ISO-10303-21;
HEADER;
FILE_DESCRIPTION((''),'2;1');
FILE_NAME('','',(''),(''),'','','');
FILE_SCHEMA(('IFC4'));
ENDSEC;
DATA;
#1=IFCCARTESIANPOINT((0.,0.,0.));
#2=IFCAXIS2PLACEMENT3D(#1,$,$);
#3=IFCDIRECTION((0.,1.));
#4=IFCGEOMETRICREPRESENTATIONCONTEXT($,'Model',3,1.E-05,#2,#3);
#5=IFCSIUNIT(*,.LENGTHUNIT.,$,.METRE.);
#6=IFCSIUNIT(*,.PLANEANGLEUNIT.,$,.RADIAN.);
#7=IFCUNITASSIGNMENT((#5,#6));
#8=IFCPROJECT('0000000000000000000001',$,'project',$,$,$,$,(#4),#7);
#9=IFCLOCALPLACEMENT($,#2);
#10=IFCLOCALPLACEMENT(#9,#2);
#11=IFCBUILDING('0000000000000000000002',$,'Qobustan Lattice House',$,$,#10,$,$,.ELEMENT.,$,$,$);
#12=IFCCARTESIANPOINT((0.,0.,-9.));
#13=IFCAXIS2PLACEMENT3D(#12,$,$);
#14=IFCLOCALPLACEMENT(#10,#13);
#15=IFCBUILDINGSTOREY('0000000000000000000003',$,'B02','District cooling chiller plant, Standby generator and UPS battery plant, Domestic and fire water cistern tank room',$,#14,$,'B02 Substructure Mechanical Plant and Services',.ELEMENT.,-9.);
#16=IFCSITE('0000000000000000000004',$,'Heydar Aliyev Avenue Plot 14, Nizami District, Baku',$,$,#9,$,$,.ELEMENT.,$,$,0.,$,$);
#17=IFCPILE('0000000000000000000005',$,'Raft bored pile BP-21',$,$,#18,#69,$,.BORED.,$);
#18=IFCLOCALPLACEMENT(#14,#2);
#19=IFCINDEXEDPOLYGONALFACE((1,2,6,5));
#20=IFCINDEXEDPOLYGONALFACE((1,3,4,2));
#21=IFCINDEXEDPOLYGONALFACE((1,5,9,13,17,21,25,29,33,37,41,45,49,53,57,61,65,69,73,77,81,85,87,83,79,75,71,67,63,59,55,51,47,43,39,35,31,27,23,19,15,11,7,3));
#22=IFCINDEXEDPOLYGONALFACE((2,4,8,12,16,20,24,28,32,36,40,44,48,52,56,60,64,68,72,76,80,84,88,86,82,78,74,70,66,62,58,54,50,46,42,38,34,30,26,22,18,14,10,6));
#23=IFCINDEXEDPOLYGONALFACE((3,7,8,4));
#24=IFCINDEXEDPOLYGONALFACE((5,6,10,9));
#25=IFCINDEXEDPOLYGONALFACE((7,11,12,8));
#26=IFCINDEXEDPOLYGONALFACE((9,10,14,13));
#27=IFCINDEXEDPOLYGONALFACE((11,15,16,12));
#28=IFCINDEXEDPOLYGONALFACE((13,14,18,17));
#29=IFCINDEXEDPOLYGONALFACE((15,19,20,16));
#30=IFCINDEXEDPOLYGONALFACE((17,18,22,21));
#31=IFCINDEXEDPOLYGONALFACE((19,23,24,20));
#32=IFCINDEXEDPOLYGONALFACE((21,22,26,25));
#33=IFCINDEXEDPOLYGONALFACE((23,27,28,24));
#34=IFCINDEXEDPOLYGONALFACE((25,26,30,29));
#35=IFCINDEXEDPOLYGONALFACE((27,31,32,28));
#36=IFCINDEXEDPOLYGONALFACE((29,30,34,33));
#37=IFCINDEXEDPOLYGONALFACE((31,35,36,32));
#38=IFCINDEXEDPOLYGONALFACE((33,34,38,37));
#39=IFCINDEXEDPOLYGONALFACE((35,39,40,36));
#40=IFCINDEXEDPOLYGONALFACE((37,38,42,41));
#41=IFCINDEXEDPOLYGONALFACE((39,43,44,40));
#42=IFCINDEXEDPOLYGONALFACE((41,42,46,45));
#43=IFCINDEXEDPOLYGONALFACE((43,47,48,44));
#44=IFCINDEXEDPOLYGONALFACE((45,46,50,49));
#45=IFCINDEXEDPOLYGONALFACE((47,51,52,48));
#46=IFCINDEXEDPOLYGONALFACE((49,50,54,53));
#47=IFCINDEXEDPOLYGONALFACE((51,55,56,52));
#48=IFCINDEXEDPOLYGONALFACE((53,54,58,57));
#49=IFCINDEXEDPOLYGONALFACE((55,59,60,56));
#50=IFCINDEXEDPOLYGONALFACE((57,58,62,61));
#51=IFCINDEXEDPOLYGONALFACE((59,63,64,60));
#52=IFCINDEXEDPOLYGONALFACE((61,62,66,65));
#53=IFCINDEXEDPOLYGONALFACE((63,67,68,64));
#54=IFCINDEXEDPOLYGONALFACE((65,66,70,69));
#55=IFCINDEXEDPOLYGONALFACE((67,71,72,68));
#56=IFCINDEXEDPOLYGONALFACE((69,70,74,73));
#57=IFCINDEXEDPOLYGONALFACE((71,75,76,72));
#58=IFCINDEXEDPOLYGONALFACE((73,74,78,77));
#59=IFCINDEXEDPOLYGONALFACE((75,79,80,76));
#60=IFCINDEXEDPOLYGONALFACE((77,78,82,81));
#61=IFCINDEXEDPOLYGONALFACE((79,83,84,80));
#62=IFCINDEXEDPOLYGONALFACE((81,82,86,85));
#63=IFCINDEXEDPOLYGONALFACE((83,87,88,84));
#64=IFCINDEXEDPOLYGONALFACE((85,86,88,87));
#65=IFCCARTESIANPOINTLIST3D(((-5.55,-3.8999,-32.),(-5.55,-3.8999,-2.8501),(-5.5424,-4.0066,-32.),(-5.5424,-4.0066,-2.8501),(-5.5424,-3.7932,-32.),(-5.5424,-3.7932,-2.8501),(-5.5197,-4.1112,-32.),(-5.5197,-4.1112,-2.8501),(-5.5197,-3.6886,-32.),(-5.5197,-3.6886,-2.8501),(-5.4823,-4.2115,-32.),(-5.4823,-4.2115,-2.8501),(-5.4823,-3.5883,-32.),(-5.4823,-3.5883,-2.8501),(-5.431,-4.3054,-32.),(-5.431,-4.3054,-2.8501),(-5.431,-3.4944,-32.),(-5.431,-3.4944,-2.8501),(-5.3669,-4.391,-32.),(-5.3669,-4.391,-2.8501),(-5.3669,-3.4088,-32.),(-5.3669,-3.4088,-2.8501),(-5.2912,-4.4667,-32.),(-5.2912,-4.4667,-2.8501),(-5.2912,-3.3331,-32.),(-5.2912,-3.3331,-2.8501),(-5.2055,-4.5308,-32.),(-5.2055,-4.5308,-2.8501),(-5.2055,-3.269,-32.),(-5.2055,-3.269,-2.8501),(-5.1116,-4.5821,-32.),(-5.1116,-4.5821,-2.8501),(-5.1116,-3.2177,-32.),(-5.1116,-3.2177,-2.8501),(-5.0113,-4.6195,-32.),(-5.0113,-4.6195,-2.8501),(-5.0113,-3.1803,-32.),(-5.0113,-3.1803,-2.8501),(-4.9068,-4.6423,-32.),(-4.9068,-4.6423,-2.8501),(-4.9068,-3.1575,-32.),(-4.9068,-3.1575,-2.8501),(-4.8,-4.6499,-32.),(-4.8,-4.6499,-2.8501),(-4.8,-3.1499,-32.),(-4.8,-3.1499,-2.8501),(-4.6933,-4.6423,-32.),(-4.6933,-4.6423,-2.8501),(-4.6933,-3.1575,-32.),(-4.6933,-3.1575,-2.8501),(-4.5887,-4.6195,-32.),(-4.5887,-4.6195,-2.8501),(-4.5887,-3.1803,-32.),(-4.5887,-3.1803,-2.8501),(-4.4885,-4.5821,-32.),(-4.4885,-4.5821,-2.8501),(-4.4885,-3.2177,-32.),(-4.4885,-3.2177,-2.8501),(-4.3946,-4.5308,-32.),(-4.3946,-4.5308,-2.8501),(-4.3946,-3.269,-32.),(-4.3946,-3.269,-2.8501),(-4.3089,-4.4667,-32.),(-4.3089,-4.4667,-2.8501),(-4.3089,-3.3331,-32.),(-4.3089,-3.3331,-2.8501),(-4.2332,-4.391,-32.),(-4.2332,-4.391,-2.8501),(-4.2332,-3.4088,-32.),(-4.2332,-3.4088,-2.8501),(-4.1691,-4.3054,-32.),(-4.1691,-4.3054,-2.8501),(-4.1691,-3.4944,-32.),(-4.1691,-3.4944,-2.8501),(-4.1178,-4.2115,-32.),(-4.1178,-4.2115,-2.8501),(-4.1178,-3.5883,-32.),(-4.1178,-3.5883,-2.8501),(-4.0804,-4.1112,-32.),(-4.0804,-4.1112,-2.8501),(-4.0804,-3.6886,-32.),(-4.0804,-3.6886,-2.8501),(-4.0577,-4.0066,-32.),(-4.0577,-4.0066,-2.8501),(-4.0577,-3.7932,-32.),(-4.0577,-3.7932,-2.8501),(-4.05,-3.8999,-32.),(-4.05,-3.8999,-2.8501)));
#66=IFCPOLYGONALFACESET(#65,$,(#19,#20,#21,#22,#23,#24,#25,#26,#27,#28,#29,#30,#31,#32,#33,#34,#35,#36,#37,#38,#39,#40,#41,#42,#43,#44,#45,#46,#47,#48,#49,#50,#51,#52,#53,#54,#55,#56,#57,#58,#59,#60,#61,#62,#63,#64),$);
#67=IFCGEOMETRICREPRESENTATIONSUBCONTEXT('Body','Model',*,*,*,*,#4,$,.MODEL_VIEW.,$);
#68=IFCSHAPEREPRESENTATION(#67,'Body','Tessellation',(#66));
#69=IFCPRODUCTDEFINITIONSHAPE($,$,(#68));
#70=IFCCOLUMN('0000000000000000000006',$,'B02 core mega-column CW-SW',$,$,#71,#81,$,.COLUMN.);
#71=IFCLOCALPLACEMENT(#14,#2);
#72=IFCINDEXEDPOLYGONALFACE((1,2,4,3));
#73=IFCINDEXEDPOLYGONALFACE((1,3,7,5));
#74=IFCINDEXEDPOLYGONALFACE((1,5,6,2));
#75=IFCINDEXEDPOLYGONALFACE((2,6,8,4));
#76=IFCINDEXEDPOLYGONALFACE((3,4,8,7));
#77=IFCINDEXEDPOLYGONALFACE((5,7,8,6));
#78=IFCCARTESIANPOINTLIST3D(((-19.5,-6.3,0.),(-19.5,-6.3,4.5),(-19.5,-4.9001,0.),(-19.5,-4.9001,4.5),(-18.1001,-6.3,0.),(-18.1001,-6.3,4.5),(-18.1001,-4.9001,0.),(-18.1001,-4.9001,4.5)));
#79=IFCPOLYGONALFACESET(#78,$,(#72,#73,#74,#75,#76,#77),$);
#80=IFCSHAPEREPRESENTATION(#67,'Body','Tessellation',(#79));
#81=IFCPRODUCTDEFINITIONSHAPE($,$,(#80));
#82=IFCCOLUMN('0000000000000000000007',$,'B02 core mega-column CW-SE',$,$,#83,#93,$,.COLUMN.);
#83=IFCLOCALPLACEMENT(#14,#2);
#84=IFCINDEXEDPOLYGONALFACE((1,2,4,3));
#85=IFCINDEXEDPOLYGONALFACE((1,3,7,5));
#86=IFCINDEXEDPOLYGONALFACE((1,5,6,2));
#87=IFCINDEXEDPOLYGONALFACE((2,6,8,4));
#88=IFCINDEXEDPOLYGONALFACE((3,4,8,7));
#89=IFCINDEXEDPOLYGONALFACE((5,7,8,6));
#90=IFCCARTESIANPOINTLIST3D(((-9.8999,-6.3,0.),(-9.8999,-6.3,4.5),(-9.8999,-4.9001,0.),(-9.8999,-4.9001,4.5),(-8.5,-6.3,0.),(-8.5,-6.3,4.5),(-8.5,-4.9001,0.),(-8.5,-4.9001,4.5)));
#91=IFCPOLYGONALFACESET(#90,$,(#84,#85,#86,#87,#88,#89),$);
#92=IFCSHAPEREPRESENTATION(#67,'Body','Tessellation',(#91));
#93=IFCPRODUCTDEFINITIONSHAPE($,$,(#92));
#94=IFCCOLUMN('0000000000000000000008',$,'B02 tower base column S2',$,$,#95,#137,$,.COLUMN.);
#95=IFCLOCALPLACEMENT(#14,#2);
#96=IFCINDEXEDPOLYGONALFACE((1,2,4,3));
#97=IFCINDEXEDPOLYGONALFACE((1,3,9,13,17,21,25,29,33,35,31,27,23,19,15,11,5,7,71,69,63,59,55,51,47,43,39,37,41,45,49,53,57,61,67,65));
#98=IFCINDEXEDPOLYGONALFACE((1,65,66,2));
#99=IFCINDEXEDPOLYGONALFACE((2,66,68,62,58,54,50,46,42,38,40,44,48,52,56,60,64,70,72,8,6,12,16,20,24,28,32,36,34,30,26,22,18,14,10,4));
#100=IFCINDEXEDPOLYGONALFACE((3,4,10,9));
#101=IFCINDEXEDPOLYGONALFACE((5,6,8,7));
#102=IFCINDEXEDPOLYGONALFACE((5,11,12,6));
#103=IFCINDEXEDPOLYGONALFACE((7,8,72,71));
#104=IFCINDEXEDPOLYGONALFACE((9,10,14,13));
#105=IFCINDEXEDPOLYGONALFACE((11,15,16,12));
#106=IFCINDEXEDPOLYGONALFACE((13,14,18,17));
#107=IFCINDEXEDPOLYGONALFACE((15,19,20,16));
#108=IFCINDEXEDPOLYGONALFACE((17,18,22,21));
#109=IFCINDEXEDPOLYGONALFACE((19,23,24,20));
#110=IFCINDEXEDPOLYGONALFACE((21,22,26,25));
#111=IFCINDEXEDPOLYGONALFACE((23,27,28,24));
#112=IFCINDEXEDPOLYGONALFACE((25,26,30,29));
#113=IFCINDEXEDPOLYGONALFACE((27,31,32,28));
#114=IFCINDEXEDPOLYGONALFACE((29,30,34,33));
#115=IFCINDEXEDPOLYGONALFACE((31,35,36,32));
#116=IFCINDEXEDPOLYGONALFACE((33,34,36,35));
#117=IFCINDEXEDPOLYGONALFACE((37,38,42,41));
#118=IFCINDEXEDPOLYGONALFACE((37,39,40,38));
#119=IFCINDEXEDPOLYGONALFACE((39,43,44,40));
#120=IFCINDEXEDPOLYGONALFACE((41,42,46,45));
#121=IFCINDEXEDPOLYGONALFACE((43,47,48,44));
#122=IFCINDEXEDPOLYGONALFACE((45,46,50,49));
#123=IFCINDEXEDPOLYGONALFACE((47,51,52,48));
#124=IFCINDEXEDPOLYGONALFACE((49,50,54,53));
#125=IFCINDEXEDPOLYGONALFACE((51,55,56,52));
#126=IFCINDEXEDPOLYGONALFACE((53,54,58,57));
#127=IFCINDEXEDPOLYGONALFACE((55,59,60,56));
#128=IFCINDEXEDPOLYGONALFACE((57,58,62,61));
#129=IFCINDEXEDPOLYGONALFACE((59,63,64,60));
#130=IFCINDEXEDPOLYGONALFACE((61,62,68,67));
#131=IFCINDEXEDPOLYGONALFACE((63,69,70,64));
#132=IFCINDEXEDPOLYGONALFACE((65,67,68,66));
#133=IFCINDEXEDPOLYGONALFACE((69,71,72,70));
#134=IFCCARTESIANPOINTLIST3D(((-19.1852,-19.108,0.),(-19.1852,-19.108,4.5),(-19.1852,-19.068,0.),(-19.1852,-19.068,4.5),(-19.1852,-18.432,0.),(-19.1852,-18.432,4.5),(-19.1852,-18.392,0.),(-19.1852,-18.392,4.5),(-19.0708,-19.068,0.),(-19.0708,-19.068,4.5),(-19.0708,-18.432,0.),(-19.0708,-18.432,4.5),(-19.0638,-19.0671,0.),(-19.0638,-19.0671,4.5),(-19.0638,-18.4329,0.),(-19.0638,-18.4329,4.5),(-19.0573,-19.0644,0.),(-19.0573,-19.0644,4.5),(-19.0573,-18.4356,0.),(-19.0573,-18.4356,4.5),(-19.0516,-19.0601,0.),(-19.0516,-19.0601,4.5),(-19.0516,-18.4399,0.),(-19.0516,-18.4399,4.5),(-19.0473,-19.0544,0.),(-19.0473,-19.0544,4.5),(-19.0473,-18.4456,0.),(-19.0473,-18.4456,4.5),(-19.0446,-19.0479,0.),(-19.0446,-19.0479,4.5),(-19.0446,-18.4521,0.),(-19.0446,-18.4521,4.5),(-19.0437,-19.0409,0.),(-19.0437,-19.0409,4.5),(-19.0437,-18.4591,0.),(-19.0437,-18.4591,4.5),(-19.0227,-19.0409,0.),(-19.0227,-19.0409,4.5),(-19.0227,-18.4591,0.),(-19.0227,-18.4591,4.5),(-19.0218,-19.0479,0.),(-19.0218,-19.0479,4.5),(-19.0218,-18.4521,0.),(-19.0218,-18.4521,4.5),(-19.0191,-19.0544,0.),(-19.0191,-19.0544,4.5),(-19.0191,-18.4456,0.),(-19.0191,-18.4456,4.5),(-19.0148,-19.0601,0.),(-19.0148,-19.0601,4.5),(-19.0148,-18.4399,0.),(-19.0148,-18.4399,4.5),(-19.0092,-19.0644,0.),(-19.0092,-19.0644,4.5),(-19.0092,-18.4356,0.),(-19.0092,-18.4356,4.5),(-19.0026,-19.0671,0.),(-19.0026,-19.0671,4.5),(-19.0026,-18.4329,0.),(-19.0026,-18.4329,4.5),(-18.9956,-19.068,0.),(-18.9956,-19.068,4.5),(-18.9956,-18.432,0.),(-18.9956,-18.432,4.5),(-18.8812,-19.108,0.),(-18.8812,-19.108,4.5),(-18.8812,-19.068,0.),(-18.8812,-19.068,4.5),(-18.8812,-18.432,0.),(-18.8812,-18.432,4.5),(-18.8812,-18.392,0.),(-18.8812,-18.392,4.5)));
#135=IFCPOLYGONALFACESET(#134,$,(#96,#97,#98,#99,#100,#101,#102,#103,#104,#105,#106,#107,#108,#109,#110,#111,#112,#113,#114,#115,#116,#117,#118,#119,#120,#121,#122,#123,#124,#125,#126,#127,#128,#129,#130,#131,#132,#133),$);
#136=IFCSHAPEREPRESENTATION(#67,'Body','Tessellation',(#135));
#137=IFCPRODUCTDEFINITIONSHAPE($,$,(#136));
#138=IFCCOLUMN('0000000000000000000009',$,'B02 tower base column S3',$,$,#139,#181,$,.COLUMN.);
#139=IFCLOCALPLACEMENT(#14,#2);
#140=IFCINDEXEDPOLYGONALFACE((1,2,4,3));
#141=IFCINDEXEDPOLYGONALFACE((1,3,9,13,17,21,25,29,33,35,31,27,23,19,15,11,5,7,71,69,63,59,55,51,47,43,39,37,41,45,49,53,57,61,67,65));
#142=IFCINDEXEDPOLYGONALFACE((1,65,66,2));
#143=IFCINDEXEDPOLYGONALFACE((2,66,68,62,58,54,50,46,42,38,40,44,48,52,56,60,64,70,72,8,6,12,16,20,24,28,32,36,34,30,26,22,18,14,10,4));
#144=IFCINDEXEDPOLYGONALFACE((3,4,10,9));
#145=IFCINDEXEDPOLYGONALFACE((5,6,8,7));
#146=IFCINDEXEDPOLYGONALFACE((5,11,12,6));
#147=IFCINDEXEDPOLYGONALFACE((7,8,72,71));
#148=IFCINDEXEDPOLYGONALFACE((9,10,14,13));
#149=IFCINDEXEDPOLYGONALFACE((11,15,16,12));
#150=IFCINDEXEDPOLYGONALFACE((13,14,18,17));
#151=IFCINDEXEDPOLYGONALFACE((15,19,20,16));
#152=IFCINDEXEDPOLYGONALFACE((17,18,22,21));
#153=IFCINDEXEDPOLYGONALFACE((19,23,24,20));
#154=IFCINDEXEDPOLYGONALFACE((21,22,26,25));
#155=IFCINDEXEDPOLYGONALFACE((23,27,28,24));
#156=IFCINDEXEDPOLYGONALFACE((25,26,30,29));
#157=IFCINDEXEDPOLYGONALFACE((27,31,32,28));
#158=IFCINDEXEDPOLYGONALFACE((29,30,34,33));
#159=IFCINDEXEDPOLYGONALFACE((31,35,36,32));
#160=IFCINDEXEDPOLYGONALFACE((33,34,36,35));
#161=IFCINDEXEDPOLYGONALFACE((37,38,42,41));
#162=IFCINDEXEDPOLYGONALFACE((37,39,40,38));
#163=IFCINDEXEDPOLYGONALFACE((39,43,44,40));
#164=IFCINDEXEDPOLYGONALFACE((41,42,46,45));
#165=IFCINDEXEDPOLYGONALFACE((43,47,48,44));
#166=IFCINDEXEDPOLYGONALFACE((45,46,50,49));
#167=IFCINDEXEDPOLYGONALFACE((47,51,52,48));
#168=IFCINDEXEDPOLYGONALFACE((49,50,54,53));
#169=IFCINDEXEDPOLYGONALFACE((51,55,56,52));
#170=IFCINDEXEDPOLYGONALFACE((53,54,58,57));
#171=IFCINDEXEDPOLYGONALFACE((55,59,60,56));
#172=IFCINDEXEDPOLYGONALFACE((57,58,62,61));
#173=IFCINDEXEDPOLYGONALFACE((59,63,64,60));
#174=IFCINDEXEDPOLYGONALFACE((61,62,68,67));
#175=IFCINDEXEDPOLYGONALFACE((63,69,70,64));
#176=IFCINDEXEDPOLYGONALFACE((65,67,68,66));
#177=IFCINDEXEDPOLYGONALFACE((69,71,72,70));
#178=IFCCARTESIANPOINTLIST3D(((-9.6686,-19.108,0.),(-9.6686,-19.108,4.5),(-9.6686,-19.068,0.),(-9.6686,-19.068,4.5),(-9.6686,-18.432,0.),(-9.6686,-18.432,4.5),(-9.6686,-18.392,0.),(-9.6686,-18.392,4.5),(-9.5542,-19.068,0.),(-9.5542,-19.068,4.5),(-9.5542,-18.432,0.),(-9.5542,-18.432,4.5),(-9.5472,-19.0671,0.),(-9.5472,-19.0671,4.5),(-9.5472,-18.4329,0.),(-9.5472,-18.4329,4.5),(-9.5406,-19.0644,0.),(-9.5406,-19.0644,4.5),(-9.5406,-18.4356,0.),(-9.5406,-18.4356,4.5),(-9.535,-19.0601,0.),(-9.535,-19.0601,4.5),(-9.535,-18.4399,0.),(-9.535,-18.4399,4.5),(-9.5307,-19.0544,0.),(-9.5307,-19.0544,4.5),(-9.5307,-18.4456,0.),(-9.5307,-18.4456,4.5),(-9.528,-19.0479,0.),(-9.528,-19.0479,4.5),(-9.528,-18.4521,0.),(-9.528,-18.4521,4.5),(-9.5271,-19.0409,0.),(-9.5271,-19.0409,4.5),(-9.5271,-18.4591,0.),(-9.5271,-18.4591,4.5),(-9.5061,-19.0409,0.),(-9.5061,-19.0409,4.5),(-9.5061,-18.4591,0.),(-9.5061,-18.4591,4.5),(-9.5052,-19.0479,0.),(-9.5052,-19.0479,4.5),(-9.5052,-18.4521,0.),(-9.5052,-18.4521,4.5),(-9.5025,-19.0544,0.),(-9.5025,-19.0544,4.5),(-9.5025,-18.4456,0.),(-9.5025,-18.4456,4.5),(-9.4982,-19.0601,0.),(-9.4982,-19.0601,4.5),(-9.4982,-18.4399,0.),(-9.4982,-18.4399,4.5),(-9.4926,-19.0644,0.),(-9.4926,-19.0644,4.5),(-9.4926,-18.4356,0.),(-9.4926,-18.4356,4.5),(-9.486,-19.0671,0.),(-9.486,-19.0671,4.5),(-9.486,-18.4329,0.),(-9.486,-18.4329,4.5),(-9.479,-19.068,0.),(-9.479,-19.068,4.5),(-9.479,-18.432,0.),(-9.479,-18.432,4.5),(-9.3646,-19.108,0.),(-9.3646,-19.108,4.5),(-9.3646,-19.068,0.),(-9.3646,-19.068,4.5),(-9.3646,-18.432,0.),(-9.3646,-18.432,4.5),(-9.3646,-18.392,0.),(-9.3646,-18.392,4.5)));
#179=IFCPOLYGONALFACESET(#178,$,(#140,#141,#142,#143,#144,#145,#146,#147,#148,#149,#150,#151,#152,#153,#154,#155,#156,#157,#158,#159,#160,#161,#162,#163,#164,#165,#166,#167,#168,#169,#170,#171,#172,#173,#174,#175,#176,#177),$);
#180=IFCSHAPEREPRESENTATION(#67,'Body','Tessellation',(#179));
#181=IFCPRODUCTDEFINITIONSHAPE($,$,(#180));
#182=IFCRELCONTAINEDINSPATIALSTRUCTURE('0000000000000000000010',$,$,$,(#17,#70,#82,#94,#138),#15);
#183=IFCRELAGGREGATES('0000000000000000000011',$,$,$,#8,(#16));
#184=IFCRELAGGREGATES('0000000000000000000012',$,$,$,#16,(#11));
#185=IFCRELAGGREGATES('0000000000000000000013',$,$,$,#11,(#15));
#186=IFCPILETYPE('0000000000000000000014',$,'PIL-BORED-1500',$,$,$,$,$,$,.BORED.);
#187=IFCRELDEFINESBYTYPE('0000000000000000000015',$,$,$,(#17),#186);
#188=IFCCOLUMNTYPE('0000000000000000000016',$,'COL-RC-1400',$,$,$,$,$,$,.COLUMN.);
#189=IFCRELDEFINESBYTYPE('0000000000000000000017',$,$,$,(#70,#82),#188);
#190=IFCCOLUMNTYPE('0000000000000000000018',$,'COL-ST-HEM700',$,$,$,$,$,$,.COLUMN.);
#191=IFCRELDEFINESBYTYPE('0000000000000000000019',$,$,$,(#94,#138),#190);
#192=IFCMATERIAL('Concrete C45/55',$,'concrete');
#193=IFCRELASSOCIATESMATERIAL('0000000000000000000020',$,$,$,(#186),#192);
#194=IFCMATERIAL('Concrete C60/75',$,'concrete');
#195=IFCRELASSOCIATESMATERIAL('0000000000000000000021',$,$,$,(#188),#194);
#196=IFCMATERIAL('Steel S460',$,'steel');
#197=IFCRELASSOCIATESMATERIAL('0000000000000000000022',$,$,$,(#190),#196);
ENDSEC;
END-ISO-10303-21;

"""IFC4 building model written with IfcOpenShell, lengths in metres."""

from ifc_helpers import new_model, si_unit, direction, frame, origin, origin_2d, place, context, subcontext, project, spatial, rectangle, circle, i_section, extrude, material, material_profile, profile_set, type_object, element, save


model = new_model("IFC4")

# Units and contexts
model_context = context("Model", 3, precision=1e-05, world=origin(), true_north=direction((0.0, 1.0)))
body_context = subcontext(model_context, "Body", "Model", "MODEL_VIEW")
ifc_project = project(units=[si_unit("LENGTHUNIT", "METRE"), si_unit("PLANEANGLEUNIT", "RADIAN")], contexts=[model_context])

# Site, building, storey
site_placement = place(None, origin())
site = spatial("IfcSite", under=ifc_project, at=site_placement, Name="Heydar Aliyev Avenue Plot 14, Nizami District, Baku", CompositionType="ELEMENT", RefElevation=0.0)
building_placement = place(site_placement, origin())
building = spatial("IfcBuilding", under=site, at=building_placement, Name="Qobustan Lattice House", CompositionType="ELEMENT")
storey_placement = place(building_placement, frame((0.0, 0.0, -9.0)))
storey = spatial("IfcBuildingStorey", under=building, at=storey_placement, Name="B02", Description="District cooling chiller plant, Standby generator and UPS battery plant, Domestic and fire water cistern tank room", LongName="B02 Substructure Mechanical Plant and Services", CompositionType="ELEMENT", Elevation=-9.0)

# Pile
ifc_material_1 = material(Name="Concrete C45/55", Category="concrete")
ifc_material_profile_1 = material_profile(ifc_material_1, circle(Radius=0.75, at=origin_2d()), Name="PILE-D1500")
ifc_profile_set_1 = profile_set([ifc_material_profile_1], Name="Concrete C45/55")
pile_type = type_object("IfcPileType", Name="PIL-BORED-1500", PredefinedType="BORED", material=ifc_profile_set_1)
for number, where, z_axis, x_axis, name in (
    (1, (-4.8, -3.8999, -2.8501), (0.0, 0.0, -1.0), (1.0, 0.0, 0.0), "Raft bored pile BP-21"),
):
    element("IfcPile", number, at=place(storey_placement, frame(where, z_axis=z_axis, x_axis=x_axis)), inside=storey, type_object=pile_type, Name=name, PredefinedType="BORED", context=body_context, shape_type="SweptSolid", body=[
        extrude(circle(Radius=0.75, at=origin_2d()), origin(), (0.0, 0.0, 1.0), 29.1499),
    ])

# Columns
ifc_material_2 = material(Name="Concrete C60/75", Category="concrete")
ifc_material_profile_2 = material_profile(ifc_material_2, rectangle(XDim=1.3999, YDim=1.3999, at=origin_2d()), Name="RC1400x1400")
ifc_profile_set_2 = profile_set([ifc_material_profile_2], Name="Concrete C60/75")
column_type_1 = type_object("IfcColumnType", Name="COL-RC-1400", PredefinedType="COLUMN", material=ifc_profile_set_2)
for number, where, z_axis, x_axis, name in (
    (2, (-18.8, -5.6001, 0.0), (0.0, 0.0, 1.0), (1.0, 0.0, 0.0), "B02 core mega-column CW-SW"),
    (3, (-9.2, -5.6001, 0.0), (0.0, 0.0, 1.0), (1.0, 0.0, 0.0), "B02 core mega-column CW-SE"),
):
    element("IfcColumn", number, at=place(storey_placement, frame(where, z_axis=z_axis, x_axis=x_axis)), inside=storey, type_object=column_type_1, Name=name, PredefinedType="COLUMN", context=body_context, shape_type="SweptSolid", body=[
        extrude(rectangle(XDim=1.3999, YDim=1.3999, at=origin_2d()), origin(), (0.0, 0.0, 1.0), 4.5),
    ])
ifc_material_3 = material(Name="Steel S460", Category="steel")
ifc_material_profile_3 = material_profile(ifc_material_3, i_section(OverallWidth=0.304, OverallDepth=0.7161, WebThickness=0.021, FlangeThickness=0.04, FilletRadius=0.0271, at=origin_2d()), Name="HEM700")
ifc_profile_set_3 = profile_set([ifc_material_profile_3], Name="Steel S460")
column_type_2 = type_object("IfcColumnType", Name="COL-ST-HEM700", PredefinedType="COLUMN", material=ifc_profile_set_3)
for number, where, z_axis, x_axis, name in (
    (4, (-19.0332, -18.75, 0.0), (0.0, 0.0, 1.0), (1.0, 0.0, 0.0), "B02 tower base column S2"),
    (5, (-9.5166, -18.75, 0.0), (0.0, 0.0, 1.0), (1.0, 0.0, 0.0), "B02 tower base column S3"),
):
    element("IfcColumn", number, at=place(storey_placement, frame(where, z_axis=z_axis, x_axis=x_axis)), inside=storey, type_object=column_type_2, Name=name, PredefinedType="COLUMN", context=body_context, shape_type="SweptSolid", body=[
        extrude(i_section(OverallWidth=0.304, OverallDepth=0.7161, WebThickness=0.021, FlangeThickness=0.04, FilletRadius=0.0271, at=origin_2d()), origin(), (0.0, 0.0, 1.0), 4.5),
    ])

save(model, "model.ifc")
